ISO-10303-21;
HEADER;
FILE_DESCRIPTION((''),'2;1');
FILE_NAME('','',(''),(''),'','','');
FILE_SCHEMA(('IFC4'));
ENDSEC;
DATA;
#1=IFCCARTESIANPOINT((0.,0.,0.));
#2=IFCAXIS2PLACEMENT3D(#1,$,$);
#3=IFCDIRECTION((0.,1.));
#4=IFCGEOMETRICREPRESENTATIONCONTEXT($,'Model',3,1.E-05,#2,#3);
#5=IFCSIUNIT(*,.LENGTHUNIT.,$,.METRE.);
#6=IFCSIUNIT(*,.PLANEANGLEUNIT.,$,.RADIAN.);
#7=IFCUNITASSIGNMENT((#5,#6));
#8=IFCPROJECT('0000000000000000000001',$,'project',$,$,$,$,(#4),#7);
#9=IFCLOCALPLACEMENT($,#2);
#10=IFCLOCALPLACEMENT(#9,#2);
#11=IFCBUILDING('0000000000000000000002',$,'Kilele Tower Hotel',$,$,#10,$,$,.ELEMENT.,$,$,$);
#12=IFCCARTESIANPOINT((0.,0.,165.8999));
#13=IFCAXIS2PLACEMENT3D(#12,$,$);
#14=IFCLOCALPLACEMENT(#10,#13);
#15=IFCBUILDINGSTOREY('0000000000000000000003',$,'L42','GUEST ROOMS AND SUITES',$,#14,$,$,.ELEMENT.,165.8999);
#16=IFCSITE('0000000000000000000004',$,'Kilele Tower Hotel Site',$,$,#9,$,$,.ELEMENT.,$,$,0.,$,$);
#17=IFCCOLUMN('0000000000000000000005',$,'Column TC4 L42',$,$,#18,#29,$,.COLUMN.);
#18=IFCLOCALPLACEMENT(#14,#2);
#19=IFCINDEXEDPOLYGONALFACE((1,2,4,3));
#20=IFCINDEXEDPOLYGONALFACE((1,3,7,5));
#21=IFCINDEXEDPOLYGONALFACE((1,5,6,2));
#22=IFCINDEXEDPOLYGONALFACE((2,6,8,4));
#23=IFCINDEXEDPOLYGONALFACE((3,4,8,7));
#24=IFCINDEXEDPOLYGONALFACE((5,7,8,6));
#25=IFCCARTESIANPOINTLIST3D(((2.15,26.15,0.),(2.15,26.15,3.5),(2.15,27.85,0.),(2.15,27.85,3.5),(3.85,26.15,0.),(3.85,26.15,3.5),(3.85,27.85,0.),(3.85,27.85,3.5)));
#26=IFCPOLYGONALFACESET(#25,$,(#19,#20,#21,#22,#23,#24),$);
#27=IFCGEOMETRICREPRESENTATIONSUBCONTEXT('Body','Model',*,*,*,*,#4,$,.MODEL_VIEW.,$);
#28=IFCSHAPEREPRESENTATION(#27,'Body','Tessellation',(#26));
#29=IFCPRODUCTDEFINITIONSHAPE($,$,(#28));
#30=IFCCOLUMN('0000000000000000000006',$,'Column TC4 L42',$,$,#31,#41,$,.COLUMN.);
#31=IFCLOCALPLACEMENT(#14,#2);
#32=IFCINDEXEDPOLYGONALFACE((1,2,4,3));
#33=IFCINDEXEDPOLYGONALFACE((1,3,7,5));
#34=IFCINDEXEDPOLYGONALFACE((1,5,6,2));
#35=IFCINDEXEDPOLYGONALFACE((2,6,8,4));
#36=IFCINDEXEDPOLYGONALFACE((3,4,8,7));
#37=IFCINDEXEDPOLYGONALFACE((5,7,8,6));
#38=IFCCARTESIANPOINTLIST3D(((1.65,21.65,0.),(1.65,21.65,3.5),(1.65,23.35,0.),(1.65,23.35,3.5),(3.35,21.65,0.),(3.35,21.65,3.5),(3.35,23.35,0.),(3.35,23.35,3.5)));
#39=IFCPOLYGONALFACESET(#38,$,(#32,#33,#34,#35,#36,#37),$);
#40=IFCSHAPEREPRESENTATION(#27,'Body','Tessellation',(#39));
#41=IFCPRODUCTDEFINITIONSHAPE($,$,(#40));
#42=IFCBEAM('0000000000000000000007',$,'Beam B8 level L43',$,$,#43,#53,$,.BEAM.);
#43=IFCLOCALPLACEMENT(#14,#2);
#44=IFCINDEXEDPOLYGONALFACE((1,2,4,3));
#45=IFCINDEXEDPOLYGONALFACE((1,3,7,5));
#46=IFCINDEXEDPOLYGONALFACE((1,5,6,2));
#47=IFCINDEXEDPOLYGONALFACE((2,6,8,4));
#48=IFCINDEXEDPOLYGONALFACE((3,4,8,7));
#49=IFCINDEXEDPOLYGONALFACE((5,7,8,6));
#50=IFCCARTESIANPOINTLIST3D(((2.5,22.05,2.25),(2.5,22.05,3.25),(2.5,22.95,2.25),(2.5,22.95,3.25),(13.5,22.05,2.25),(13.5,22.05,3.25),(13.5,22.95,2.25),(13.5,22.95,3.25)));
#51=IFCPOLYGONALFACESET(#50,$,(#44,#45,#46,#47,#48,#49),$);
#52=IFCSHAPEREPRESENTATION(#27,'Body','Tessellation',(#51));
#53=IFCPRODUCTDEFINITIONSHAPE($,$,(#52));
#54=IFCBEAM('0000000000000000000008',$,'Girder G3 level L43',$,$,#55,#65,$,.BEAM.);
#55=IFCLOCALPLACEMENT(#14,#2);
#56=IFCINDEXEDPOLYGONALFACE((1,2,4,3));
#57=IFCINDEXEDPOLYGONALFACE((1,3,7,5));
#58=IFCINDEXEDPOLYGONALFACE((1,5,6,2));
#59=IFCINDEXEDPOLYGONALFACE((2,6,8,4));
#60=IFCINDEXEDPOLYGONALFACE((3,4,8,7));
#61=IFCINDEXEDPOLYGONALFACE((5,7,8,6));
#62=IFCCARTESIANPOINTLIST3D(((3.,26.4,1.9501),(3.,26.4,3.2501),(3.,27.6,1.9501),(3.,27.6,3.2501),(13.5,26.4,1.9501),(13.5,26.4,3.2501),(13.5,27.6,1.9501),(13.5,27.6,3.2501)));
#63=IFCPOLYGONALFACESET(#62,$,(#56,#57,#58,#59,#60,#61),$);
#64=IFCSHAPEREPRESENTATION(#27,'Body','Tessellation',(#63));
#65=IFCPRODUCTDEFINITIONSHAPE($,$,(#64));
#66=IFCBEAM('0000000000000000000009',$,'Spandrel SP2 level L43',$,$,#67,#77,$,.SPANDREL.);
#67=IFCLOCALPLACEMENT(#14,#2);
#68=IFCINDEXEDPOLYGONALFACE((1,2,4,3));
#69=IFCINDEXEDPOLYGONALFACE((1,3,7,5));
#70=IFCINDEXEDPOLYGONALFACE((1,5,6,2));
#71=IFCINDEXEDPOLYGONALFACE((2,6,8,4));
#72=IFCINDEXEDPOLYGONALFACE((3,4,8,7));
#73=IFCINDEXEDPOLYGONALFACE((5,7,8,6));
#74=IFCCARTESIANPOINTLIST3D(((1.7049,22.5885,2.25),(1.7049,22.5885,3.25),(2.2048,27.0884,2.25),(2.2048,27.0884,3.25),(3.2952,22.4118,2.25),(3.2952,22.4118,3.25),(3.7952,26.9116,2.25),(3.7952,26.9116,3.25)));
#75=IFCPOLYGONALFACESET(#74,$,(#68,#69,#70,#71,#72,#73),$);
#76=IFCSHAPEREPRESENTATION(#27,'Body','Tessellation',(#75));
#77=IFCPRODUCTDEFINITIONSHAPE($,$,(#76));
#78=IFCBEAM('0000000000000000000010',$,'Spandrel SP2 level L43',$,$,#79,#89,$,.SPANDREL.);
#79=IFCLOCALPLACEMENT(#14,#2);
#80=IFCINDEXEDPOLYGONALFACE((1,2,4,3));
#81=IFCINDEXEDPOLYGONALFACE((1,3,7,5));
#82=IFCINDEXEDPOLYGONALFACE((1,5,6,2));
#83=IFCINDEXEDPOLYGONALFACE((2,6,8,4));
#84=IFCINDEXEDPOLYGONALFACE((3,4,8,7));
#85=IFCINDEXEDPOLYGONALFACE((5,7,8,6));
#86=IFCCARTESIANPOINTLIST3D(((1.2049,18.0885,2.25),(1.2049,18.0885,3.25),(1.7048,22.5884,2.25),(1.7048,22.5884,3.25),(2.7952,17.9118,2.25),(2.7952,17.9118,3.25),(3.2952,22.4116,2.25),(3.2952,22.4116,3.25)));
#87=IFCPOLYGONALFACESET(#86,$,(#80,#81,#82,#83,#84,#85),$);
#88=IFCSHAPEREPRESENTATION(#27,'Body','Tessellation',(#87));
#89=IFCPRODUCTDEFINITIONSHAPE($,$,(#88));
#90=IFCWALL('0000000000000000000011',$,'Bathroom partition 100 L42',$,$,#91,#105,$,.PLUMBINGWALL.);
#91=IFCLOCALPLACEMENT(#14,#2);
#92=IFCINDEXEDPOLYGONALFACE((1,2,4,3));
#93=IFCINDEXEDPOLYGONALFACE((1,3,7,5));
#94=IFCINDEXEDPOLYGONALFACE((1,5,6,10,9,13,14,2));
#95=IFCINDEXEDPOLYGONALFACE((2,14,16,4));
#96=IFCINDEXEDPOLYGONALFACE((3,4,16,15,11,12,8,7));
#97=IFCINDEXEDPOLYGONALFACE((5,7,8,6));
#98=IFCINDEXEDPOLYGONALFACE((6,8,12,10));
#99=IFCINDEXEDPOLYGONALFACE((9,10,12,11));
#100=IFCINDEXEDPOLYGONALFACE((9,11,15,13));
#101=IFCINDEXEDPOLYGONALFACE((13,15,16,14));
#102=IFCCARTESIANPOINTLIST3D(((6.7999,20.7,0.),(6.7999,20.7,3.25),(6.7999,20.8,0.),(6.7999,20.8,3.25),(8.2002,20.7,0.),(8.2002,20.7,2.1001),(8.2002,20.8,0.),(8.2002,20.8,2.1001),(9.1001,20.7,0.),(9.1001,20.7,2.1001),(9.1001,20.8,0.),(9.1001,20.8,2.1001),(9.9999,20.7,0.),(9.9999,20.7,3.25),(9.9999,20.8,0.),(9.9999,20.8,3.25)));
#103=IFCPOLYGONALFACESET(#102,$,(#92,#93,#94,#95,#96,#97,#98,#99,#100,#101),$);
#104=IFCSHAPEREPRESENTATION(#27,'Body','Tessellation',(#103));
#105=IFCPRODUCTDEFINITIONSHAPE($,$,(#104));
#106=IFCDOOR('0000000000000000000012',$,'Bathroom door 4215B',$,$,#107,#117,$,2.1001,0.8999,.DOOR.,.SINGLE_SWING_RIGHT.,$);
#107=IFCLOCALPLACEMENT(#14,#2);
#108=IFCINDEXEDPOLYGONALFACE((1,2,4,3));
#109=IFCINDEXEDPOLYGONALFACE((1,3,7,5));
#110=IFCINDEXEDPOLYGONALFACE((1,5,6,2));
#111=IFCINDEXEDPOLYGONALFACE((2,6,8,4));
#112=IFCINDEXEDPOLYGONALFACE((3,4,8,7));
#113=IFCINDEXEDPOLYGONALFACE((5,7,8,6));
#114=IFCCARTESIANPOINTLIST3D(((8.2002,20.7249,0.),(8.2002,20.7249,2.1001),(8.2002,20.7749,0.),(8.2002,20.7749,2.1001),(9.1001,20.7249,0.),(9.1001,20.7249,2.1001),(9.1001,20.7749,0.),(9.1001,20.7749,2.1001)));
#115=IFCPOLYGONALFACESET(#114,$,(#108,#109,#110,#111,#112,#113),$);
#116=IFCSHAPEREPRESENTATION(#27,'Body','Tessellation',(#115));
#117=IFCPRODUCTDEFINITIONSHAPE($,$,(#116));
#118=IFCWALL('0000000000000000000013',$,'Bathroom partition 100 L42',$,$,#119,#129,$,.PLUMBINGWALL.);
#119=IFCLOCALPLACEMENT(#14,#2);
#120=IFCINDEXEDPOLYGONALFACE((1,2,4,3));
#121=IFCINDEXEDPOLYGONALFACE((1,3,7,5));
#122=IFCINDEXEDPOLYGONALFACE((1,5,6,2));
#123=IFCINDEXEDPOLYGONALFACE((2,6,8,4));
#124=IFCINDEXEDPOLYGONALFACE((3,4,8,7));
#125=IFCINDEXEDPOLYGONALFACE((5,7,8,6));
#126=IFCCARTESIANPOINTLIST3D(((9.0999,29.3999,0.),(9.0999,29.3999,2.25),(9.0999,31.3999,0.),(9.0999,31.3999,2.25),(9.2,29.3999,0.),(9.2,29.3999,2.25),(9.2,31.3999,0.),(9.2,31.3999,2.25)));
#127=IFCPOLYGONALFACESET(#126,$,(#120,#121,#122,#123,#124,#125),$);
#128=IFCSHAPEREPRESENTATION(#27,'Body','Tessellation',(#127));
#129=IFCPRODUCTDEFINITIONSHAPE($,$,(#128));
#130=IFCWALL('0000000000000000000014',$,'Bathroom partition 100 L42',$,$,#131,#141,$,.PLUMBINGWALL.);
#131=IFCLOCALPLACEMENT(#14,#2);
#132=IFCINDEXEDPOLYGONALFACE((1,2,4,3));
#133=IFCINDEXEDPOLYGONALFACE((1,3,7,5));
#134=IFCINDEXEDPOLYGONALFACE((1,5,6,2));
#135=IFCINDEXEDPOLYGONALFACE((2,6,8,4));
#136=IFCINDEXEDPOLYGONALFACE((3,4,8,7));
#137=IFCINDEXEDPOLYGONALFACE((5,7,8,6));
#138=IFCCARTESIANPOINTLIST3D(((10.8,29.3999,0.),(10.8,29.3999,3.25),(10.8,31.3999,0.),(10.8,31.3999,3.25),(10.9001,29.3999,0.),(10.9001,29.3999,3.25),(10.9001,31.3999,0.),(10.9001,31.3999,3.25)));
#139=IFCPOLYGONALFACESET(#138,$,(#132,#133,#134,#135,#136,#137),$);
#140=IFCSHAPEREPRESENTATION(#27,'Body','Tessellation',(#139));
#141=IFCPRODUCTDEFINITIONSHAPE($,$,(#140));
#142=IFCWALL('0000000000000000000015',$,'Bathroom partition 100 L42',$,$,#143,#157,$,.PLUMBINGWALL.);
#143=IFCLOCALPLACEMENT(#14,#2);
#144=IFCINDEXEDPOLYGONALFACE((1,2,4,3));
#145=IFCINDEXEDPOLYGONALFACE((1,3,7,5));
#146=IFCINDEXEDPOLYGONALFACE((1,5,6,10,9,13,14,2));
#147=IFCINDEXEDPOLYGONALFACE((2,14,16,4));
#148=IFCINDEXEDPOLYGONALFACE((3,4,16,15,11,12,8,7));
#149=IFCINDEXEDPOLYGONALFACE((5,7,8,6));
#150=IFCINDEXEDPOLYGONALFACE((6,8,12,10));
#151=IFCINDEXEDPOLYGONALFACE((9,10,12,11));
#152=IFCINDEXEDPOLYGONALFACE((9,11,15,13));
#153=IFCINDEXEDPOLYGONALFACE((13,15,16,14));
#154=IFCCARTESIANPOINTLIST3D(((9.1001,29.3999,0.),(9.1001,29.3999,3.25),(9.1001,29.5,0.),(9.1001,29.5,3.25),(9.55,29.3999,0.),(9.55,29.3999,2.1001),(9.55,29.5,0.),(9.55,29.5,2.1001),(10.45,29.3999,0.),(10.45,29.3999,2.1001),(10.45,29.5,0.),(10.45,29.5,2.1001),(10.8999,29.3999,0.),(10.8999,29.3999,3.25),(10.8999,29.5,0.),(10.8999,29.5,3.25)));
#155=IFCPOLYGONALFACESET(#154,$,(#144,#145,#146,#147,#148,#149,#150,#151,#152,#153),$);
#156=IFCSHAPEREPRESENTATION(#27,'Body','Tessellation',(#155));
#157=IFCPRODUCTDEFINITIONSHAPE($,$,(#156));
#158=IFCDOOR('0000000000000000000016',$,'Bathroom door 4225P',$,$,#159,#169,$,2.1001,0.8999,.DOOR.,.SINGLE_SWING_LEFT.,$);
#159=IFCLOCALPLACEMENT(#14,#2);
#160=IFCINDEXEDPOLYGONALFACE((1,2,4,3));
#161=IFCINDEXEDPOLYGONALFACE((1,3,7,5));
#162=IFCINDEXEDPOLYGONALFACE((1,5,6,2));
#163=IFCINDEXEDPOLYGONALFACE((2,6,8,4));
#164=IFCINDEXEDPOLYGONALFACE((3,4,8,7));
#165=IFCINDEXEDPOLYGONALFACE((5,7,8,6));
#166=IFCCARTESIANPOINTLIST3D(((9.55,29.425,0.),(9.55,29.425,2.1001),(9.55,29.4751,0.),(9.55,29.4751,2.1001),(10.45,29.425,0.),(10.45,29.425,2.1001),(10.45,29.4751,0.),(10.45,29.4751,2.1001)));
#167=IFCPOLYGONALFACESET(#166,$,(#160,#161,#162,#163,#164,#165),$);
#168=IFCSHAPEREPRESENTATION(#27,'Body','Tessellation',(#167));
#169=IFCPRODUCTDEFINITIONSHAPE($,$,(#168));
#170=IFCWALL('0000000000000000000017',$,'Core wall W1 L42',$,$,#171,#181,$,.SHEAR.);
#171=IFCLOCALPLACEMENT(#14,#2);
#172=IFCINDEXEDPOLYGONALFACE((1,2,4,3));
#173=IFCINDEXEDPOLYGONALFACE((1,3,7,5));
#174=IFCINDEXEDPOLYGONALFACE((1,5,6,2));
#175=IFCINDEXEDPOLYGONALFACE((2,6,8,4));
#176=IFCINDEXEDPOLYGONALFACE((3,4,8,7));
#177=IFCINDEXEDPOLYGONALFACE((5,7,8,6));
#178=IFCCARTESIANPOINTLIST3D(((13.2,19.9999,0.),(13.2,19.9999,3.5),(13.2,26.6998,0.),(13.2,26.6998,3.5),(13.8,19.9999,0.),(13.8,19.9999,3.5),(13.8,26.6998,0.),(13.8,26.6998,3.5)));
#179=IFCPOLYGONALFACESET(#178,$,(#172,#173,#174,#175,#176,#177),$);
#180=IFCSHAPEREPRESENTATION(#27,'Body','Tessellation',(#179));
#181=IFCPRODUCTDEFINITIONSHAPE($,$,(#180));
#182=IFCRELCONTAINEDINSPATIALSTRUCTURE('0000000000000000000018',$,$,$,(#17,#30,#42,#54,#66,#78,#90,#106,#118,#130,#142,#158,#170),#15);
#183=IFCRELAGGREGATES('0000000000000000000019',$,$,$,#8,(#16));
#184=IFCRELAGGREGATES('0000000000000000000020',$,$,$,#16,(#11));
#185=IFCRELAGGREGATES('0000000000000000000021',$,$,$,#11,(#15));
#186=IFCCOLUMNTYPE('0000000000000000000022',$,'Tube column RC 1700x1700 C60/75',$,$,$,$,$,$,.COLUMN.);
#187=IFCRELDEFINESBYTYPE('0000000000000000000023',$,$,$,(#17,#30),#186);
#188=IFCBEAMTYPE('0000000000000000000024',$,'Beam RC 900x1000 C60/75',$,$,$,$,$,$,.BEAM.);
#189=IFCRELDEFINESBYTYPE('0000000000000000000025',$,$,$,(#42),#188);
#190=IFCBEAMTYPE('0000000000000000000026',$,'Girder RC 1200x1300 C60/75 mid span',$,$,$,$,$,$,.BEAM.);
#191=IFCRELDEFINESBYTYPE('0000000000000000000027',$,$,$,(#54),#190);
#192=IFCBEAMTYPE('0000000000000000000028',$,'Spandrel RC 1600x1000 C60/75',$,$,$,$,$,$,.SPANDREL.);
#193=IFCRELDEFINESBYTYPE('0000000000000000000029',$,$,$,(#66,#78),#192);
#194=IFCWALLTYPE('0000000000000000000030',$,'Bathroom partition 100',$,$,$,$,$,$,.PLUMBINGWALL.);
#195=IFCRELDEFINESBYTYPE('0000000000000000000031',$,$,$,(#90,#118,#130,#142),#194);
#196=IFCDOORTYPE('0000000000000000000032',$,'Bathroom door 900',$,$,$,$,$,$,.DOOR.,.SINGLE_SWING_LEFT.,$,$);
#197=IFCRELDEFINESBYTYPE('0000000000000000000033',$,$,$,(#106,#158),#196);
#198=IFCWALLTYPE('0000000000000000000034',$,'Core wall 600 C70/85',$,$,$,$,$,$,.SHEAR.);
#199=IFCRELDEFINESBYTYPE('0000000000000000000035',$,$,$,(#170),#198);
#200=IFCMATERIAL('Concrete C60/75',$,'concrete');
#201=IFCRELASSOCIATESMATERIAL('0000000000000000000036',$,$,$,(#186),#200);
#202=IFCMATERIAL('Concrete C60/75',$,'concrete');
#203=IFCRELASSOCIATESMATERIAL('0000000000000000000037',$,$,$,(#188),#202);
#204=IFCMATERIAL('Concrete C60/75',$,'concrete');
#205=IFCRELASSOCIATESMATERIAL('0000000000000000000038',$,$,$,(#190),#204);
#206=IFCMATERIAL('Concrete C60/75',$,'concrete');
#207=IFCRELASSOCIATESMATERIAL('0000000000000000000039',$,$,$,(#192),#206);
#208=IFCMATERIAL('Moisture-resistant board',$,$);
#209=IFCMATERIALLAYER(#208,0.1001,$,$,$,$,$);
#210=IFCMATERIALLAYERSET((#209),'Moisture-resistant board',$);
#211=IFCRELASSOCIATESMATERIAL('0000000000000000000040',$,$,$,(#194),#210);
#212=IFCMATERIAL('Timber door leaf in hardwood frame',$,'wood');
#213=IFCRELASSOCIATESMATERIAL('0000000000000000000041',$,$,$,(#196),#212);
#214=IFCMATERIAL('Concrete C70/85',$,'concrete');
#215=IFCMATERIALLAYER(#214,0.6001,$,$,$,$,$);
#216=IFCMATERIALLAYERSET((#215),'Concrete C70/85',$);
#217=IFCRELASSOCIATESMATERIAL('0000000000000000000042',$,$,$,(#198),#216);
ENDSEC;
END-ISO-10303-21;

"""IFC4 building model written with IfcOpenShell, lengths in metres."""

from ifc_helpers import new_model, si_unit, direction, frame, frame_2d, origin, origin_2d, place, context, subcontext, project, spatial, rectangle, extrude, material, layer, layer_set, material_profile, profile_set, type_object, element, fill, save


model = new_model("IFC4")

# Units and contexts
model_context = context("Model", 3, precision=1e-05, world=origin(), true_north=direction((0.0, 1.0)))
body_context = subcontext(model_context, "Body", "Model", "MODEL_VIEW")
ifc_project = project(units=[si_unit("LENGTHUNIT", "METRE"), si_unit("PLANEANGLEUNIT", "RADIAN")], contexts=[model_context])

# Site, building, storey
site_placement = place(None, origin())
site = spatial("IfcSite", under=ifc_project, at=site_placement, Name="Kilele Tower Hotel Site", CompositionType="ELEMENT", RefElevation=0.0)
building_placement = place(site_placement, origin())
building = spatial("IfcBuilding", under=site, at=building_placement, Name="Kilele Tower Hotel", CompositionType="ELEMENT")
storey_placement = place(building_placement, frame((0.0, 0.0, 165.8999)))
storey = spatial("IfcBuildingStorey", under=building, at=storey_placement, Name="L42", Description="GUEST ROOMS AND SUITES", CompositionType="ELEMENT", Elevation=165.8999)

# Columns
ifc_material_1 = material(Name="Concrete C60/75", Category="concrete")
ifc_material_profile_1 = material_profile(ifc_material_1, rectangle(XDim=1.7, YDim=1.7, at=origin_2d()))
ifc_profile_set_1 = profile_set([ifc_material_profile_1], Name="Concrete C60/75")
column_type = type_object("IfcColumnType", Name="Tube column RC 1700x1700 C60/75", PredefinedType="COLUMN", material=ifc_profile_set_1)
for number, where, z_axis, x_axis, name in (
    (1, (3.0, 27.0, 0.0), (0.0, 0.0, 1.0), (1.0, 0.0, 0.0), "Column TC4 L42"),
    (2, (2.5, 22.5, 0.0), (0.0, 0.0, 1.0), (1.0, 0.0, 0.0), "Column TC4 L42"),
):
    element("IfcColumn", number, at=place(storey_placement, frame(where, z_axis=z_axis, x_axis=x_axis)), inside=storey, type_object=column_type, Name=name, PredefinedType="COLUMN", context=body_context, shape_type="SweptSolid", body=[
        extrude(rectangle(XDim=1.7, YDim=1.7, at=origin_2d()), origin(), (0.0, 0.0, 1.0), 3.5),
    ])

# Beams
ifc_material_2 = material(Name="Concrete C60/75", Category="concrete")
ifc_material_profile_2 = material_profile(ifc_material_2, rectangle(XDim=0.8999, YDim=1.0, at=origin_2d()))
ifc_profile_set_2 = profile_set([ifc_material_profile_2], Name="Concrete C60/75")
beam_type_1 = type_object("IfcBeamType", Name="Beam RC 900x1000 C60/75", PredefinedType="BEAM", material=ifc_profile_set_2)
beam_1_placement = place(storey_placement, frame((2.5, 22.5, 2.75), z_axis=(1.0, 0.0, 0.0), x_axis=(0.0, 1.0, 0.0)))
element("IfcBeam", 3, at=beam_1_placement, inside=storey, type_object=beam_type_1, Name="Beam B8 level L43", PredefinedType="BEAM", context=body_context, shape_type="SweptSolid", body=[
    extrude(rectangle(XDim=0.8999, YDim=1.0, at=origin_2d()), origin(), (0.0, 0.0, 1.0), 11.0),
])
ifc_material_3 = material(Name="Concrete C60/75", Category="concrete")
ifc_material_profile_3 = material_profile(ifc_material_3, rectangle(XDim=1.2, YDim=1.3, at=origin_2d()))
ifc_profile_set_3 = profile_set([ifc_material_profile_3], Name="Concrete C60/75")
beam_type_2 = type_object("IfcBeamType", Name="Girder RC 1200x1300 C60/75 mid span", PredefinedType="BEAM", material=ifc_profile_set_3)
beam_2_placement = place(storey_placement, frame((3.0, 27.0, 2.6001), z_axis=(1.0, 0.0, 0.0), x_axis=(0.0, 1.0, 0.0)))
element("IfcBeam", 4, at=beam_2_placement, inside=storey, type_object=beam_type_2, Name="Girder G3 level L43", PredefinedType="BEAM", context=body_context, shape_type="SweptSolid", body=[
    extrude(rectangle(XDim=1.2, YDim=1.3, at=origin_2d()), origin(), (0.0, 0.0, 1.0), 10.5),
])
ifc_material_4 = material(Name="Concrete C60/75", Category="concrete")
ifc_material_profile_4 = material_profile(ifc_material_4, rectangle(XDim=1.6001, YDim=1.0, at=origin_2d()))
ifc_profile_set_4 = profile_set([ifc_material_profile_4], Name="Concrete C60/75")
beam_type_3 = type_object("IfcBeamType", Name="Spandrel RC 1600x1000 C60/75", PredefinedType="SPANDREL", material=ifc_profile_set_4)
for number, where, z_axis, x_axis, name in (
    (5, (3.0, 27.0, 2.75), (-0.110432, -0.993884, 0.0), (0.993884, -0.110432, 0.0), "Spandrel SP2 level L43"),
    (6, (2.5, 22.5, 2.75), (-0.110432, -0.993884, 0.0), (0.993884, -0.110432, 0.0), "Spandrel SP2 level L43"),
):
    element("IfcBeam", number, at=place(storey_placement, frame(where, z_axis=z_axis, x_axis=x_axis)), inside=storey, type_object=beam_type_3, Name=name, PredefinedType="SPANDREL", context=body_context, shape_type="SweptSolid", body=[
        extrude(rectangle(XDim=1.6001, YDim=1.0, at=origin_2d()), origin(), (0.0, 0.0, 1.0), 4.5276),
    ])

# Wall, opening, door
ifc_material_5 = material(Name="Moisture-resistant board")
ifc_layer_1 = layer(ifc_material_5, 0.1001)
ifc_layer_set_1 = layer_set([ifc_layer_1], Name="Moisture-resistant board")
wall_type_1 = type_object("IfcWallType", Name="Bathroom partition 100", PredefinedType="PLUMBINGWALL", material=ifc_layer_set_1)
wall_1_placement = place(storey_placement, frame((10.0, 20.75, 0.0), z_axis=(0.0, 0.0, 1.0), x_axis=(-1.0, 0.0, 0.0)))
wall_1 = element("IfcWall", 7, at=wall_1_placement, inside=storey, type_object=wall_type_1, Name="Bathroom partition 100 L42", PredefinedType="PLUMBINGWALL", context=body_context, shape_type="SweptSolid", body=[
    extrude(rectangle(XDim=3.2, YDim=0.1001, at=frame_2d((1.6001, 0.0))), origin(), (0.0, 0.0, 1.0), 3.25),
])
opening_1_placement = place(wall_1_placement, frame((1.7998, 0.0, 0.0), z_axis=(0.0, 0.0, 1.0), x_axis=(-1.0, 0.0, 0.0)))
opening_1 = element("IfcOpeningElement", 8, at=opening_1_placement, cuts=wall_1, PredefinedType="OPENING", context=body_context, shape_type="SweptSolid", body=[
    extrude(rectangle(XDim=0.8999, YDim=2.1001, at=frame_2d((0.45, 1.05))), frame((0.0, 0.0601, 0.0), z_axis=(0.0, -1.0, 0.0), x_axis=(1.0, 0.0, 0.0)), (0.0, 0.0, 1.0), 0.1201),
])
ifc_material_6 = material(Name="Timber door leaf in hardwood frame", Category="wood")
door_type_1 = type_object("IfcDoorType", Name="Bathroom door 900", OperationType="SINGLE_SWING_LEFT", PredefinedType="DOOR", material=ifc_material_6)
door_1_placement = place(opening_1_placement, origin())
door_1 = element("IfcDoor", 9, at=door_1_placement, inside=storey, type_object=door_type_1, Name="Bathroom door 4215B", OperationType="SINGLE_SWING_RIGHT", OverallHeight=2.1001, OverallWidth=0.8999, PredefinedType="DOOR", context=body_context, shape_type="SweptSolid", body=[
    extrude(rectangle(XDim=0.8999, YDim=2.1001, at=frame_2d((0.45, 1.05))), frame((0.0, 0.0249, 0.0), z_axis=(0.0, -1.0, 0.0), x_axis=(1.0, 0.0, 0.0)), (0.0, 0.0, 1.0), 0.05),
])
fill(opening_1, door_1)

# Walls
wall_2_placement = place(storey_placement, frame((9.1499, 31.3999, 0.0), z_axis=(0.0, 0.0, 1.0), x_axis=(0.0, -1.0, 0.0)))
element("IfcWall", 10, at=wall_2_placement, inside=storey, type_object=wall_type_1, Name="Bathroom partition 100 L42", PredefinedType="PLUMBINGWALL", context=body_context, shape_type="SweptSolid", body=[
    extrude(rectangle(XDim=2.0, YDim=0.1001, at=frame_2d((1.0, 0.0))), origin(), (0.0, 0.0, 1.0), 2.25),
])
wall_3_placement = place(storey_placement, frame((10.8501, 31.3999, 0.0), z_axis=(0.0, 0.0, 1.0), x_axis=(0.0, -1.0, 0.0)))
element("IfcWall", 11, at=wall_3_placement, inside=storey, type_object=wall_type_1, Name="Bathroom partition 100 L42", PredefinedType="PLUMBINGWALL", context=body_context, shape_type="SweptSolid", body=[
    extrude(rectangle(XDim=2.0, YDim=0.1001, at=frame_2d((1.0, 0.0))), origin(), (0.0, 0.0, 1.0), 3.25),
])

# Wall, opening, door
wall_4_placement = place(storey_placement, frame((10.8999, 29.45, 0.0), z_axis=(0.0, 0.0, 1.0), x_axis=(-1.0, 0.0, 0.0)))
wall_4 = element("IfcWall", 12, at=wall_4_placement, inside=storey, type_object=wall_type_1, Name="Bathroom partition 100 L42", PredefinedType="PLUMBINGWALL", context=body_context, shape_type="SweptSolid", body=[
    extrude(rectangle(XDim=1.7998, YDim=0.1001, at=frame_2d((0.8999, 0.0))), origin(), (0.0, 0.0, 1.0), 3.25),
])
opening_2_placement = place(wall_4_placement, frame((0.45, 0.0, 0.0)))
opening_2 = element("IfcOpeningElement", 13, at=opening_2_placement, cuts=wall_4, PredefinedType="OPENING", context=body_context, shape_type="SweptSolid", body=[
    extrude(rectangle(XDim=0.8999, YDim=2.1001, at=frame_2d((0.45, 1.05))), frame((0.0, 0.0601, 0.0), z_axis=(0.0, -1.0, 0.0), x_axis=(1.0, 0.0, 0.0)), (0.0, 0.0, 1.0), 0.1201),
])
door_2_placement = place(opening_2_placement, origin())
door_2 = element("IfcDoor", 14, at=door_2_placement, inside=storey, type_object=door_type_1, Name="Bathroom door 4225P", OperationType="SINGLE_SWING_LEFT", OverallHeight=2.1001, OverallWidth=0.8999, PredefinedType="DOOR", context=body_context, shape_type="SweptSolid", body=[
    extrude(rectangle(XDim=0.8999, YDim=2.1001, at=frame_2d((0.45, 1.05))), frame((0.0, 0.0249, 0.0), z_axis=(0.0, -1.0, 0.0), x_axis=(1.0, 0.0, 0.0)), (0.0, 0.0, 1.0), 0.05),
])
fill(opening_2, door_2)

# Wall
ifc_material_7 = material(Name="Concrete C70/85", Category="concrete")
ifc_layer_2 = layer(ifc_material_7, 0.6001)
ifc_layer_set_2 = layer_set([ifc_layer_2], Name="Concrete C70/85")
wall_type_2 = type_object("IfcWallType", Name="Core wall 600 C70/85", PredefinedType="SHEAR", material=ifc_layer_set_2)
wall_5_placement = place(storey_placement, frame((13.5, 26.7, 0.0), z_axis=(0.0, 0.0, 1.0), x_axis=(0.0, -1.0, 0.0)))
element("IfcWall", 15, at=wall_5_placement, inside=storey, type_object=wall_type_2, Name="Core wall W1 L42", PredefinedType="SHEAR", context=body_context, shape_type="SweptSolid", body=[
    extrude(rectangle(XDim=6.7, YDim=0.6001, at=frame_2d((3.3501, 0.0))), origin(), (0.0, 0.0, 1.0), 3.5),
])

save(model, "model.ifc")
